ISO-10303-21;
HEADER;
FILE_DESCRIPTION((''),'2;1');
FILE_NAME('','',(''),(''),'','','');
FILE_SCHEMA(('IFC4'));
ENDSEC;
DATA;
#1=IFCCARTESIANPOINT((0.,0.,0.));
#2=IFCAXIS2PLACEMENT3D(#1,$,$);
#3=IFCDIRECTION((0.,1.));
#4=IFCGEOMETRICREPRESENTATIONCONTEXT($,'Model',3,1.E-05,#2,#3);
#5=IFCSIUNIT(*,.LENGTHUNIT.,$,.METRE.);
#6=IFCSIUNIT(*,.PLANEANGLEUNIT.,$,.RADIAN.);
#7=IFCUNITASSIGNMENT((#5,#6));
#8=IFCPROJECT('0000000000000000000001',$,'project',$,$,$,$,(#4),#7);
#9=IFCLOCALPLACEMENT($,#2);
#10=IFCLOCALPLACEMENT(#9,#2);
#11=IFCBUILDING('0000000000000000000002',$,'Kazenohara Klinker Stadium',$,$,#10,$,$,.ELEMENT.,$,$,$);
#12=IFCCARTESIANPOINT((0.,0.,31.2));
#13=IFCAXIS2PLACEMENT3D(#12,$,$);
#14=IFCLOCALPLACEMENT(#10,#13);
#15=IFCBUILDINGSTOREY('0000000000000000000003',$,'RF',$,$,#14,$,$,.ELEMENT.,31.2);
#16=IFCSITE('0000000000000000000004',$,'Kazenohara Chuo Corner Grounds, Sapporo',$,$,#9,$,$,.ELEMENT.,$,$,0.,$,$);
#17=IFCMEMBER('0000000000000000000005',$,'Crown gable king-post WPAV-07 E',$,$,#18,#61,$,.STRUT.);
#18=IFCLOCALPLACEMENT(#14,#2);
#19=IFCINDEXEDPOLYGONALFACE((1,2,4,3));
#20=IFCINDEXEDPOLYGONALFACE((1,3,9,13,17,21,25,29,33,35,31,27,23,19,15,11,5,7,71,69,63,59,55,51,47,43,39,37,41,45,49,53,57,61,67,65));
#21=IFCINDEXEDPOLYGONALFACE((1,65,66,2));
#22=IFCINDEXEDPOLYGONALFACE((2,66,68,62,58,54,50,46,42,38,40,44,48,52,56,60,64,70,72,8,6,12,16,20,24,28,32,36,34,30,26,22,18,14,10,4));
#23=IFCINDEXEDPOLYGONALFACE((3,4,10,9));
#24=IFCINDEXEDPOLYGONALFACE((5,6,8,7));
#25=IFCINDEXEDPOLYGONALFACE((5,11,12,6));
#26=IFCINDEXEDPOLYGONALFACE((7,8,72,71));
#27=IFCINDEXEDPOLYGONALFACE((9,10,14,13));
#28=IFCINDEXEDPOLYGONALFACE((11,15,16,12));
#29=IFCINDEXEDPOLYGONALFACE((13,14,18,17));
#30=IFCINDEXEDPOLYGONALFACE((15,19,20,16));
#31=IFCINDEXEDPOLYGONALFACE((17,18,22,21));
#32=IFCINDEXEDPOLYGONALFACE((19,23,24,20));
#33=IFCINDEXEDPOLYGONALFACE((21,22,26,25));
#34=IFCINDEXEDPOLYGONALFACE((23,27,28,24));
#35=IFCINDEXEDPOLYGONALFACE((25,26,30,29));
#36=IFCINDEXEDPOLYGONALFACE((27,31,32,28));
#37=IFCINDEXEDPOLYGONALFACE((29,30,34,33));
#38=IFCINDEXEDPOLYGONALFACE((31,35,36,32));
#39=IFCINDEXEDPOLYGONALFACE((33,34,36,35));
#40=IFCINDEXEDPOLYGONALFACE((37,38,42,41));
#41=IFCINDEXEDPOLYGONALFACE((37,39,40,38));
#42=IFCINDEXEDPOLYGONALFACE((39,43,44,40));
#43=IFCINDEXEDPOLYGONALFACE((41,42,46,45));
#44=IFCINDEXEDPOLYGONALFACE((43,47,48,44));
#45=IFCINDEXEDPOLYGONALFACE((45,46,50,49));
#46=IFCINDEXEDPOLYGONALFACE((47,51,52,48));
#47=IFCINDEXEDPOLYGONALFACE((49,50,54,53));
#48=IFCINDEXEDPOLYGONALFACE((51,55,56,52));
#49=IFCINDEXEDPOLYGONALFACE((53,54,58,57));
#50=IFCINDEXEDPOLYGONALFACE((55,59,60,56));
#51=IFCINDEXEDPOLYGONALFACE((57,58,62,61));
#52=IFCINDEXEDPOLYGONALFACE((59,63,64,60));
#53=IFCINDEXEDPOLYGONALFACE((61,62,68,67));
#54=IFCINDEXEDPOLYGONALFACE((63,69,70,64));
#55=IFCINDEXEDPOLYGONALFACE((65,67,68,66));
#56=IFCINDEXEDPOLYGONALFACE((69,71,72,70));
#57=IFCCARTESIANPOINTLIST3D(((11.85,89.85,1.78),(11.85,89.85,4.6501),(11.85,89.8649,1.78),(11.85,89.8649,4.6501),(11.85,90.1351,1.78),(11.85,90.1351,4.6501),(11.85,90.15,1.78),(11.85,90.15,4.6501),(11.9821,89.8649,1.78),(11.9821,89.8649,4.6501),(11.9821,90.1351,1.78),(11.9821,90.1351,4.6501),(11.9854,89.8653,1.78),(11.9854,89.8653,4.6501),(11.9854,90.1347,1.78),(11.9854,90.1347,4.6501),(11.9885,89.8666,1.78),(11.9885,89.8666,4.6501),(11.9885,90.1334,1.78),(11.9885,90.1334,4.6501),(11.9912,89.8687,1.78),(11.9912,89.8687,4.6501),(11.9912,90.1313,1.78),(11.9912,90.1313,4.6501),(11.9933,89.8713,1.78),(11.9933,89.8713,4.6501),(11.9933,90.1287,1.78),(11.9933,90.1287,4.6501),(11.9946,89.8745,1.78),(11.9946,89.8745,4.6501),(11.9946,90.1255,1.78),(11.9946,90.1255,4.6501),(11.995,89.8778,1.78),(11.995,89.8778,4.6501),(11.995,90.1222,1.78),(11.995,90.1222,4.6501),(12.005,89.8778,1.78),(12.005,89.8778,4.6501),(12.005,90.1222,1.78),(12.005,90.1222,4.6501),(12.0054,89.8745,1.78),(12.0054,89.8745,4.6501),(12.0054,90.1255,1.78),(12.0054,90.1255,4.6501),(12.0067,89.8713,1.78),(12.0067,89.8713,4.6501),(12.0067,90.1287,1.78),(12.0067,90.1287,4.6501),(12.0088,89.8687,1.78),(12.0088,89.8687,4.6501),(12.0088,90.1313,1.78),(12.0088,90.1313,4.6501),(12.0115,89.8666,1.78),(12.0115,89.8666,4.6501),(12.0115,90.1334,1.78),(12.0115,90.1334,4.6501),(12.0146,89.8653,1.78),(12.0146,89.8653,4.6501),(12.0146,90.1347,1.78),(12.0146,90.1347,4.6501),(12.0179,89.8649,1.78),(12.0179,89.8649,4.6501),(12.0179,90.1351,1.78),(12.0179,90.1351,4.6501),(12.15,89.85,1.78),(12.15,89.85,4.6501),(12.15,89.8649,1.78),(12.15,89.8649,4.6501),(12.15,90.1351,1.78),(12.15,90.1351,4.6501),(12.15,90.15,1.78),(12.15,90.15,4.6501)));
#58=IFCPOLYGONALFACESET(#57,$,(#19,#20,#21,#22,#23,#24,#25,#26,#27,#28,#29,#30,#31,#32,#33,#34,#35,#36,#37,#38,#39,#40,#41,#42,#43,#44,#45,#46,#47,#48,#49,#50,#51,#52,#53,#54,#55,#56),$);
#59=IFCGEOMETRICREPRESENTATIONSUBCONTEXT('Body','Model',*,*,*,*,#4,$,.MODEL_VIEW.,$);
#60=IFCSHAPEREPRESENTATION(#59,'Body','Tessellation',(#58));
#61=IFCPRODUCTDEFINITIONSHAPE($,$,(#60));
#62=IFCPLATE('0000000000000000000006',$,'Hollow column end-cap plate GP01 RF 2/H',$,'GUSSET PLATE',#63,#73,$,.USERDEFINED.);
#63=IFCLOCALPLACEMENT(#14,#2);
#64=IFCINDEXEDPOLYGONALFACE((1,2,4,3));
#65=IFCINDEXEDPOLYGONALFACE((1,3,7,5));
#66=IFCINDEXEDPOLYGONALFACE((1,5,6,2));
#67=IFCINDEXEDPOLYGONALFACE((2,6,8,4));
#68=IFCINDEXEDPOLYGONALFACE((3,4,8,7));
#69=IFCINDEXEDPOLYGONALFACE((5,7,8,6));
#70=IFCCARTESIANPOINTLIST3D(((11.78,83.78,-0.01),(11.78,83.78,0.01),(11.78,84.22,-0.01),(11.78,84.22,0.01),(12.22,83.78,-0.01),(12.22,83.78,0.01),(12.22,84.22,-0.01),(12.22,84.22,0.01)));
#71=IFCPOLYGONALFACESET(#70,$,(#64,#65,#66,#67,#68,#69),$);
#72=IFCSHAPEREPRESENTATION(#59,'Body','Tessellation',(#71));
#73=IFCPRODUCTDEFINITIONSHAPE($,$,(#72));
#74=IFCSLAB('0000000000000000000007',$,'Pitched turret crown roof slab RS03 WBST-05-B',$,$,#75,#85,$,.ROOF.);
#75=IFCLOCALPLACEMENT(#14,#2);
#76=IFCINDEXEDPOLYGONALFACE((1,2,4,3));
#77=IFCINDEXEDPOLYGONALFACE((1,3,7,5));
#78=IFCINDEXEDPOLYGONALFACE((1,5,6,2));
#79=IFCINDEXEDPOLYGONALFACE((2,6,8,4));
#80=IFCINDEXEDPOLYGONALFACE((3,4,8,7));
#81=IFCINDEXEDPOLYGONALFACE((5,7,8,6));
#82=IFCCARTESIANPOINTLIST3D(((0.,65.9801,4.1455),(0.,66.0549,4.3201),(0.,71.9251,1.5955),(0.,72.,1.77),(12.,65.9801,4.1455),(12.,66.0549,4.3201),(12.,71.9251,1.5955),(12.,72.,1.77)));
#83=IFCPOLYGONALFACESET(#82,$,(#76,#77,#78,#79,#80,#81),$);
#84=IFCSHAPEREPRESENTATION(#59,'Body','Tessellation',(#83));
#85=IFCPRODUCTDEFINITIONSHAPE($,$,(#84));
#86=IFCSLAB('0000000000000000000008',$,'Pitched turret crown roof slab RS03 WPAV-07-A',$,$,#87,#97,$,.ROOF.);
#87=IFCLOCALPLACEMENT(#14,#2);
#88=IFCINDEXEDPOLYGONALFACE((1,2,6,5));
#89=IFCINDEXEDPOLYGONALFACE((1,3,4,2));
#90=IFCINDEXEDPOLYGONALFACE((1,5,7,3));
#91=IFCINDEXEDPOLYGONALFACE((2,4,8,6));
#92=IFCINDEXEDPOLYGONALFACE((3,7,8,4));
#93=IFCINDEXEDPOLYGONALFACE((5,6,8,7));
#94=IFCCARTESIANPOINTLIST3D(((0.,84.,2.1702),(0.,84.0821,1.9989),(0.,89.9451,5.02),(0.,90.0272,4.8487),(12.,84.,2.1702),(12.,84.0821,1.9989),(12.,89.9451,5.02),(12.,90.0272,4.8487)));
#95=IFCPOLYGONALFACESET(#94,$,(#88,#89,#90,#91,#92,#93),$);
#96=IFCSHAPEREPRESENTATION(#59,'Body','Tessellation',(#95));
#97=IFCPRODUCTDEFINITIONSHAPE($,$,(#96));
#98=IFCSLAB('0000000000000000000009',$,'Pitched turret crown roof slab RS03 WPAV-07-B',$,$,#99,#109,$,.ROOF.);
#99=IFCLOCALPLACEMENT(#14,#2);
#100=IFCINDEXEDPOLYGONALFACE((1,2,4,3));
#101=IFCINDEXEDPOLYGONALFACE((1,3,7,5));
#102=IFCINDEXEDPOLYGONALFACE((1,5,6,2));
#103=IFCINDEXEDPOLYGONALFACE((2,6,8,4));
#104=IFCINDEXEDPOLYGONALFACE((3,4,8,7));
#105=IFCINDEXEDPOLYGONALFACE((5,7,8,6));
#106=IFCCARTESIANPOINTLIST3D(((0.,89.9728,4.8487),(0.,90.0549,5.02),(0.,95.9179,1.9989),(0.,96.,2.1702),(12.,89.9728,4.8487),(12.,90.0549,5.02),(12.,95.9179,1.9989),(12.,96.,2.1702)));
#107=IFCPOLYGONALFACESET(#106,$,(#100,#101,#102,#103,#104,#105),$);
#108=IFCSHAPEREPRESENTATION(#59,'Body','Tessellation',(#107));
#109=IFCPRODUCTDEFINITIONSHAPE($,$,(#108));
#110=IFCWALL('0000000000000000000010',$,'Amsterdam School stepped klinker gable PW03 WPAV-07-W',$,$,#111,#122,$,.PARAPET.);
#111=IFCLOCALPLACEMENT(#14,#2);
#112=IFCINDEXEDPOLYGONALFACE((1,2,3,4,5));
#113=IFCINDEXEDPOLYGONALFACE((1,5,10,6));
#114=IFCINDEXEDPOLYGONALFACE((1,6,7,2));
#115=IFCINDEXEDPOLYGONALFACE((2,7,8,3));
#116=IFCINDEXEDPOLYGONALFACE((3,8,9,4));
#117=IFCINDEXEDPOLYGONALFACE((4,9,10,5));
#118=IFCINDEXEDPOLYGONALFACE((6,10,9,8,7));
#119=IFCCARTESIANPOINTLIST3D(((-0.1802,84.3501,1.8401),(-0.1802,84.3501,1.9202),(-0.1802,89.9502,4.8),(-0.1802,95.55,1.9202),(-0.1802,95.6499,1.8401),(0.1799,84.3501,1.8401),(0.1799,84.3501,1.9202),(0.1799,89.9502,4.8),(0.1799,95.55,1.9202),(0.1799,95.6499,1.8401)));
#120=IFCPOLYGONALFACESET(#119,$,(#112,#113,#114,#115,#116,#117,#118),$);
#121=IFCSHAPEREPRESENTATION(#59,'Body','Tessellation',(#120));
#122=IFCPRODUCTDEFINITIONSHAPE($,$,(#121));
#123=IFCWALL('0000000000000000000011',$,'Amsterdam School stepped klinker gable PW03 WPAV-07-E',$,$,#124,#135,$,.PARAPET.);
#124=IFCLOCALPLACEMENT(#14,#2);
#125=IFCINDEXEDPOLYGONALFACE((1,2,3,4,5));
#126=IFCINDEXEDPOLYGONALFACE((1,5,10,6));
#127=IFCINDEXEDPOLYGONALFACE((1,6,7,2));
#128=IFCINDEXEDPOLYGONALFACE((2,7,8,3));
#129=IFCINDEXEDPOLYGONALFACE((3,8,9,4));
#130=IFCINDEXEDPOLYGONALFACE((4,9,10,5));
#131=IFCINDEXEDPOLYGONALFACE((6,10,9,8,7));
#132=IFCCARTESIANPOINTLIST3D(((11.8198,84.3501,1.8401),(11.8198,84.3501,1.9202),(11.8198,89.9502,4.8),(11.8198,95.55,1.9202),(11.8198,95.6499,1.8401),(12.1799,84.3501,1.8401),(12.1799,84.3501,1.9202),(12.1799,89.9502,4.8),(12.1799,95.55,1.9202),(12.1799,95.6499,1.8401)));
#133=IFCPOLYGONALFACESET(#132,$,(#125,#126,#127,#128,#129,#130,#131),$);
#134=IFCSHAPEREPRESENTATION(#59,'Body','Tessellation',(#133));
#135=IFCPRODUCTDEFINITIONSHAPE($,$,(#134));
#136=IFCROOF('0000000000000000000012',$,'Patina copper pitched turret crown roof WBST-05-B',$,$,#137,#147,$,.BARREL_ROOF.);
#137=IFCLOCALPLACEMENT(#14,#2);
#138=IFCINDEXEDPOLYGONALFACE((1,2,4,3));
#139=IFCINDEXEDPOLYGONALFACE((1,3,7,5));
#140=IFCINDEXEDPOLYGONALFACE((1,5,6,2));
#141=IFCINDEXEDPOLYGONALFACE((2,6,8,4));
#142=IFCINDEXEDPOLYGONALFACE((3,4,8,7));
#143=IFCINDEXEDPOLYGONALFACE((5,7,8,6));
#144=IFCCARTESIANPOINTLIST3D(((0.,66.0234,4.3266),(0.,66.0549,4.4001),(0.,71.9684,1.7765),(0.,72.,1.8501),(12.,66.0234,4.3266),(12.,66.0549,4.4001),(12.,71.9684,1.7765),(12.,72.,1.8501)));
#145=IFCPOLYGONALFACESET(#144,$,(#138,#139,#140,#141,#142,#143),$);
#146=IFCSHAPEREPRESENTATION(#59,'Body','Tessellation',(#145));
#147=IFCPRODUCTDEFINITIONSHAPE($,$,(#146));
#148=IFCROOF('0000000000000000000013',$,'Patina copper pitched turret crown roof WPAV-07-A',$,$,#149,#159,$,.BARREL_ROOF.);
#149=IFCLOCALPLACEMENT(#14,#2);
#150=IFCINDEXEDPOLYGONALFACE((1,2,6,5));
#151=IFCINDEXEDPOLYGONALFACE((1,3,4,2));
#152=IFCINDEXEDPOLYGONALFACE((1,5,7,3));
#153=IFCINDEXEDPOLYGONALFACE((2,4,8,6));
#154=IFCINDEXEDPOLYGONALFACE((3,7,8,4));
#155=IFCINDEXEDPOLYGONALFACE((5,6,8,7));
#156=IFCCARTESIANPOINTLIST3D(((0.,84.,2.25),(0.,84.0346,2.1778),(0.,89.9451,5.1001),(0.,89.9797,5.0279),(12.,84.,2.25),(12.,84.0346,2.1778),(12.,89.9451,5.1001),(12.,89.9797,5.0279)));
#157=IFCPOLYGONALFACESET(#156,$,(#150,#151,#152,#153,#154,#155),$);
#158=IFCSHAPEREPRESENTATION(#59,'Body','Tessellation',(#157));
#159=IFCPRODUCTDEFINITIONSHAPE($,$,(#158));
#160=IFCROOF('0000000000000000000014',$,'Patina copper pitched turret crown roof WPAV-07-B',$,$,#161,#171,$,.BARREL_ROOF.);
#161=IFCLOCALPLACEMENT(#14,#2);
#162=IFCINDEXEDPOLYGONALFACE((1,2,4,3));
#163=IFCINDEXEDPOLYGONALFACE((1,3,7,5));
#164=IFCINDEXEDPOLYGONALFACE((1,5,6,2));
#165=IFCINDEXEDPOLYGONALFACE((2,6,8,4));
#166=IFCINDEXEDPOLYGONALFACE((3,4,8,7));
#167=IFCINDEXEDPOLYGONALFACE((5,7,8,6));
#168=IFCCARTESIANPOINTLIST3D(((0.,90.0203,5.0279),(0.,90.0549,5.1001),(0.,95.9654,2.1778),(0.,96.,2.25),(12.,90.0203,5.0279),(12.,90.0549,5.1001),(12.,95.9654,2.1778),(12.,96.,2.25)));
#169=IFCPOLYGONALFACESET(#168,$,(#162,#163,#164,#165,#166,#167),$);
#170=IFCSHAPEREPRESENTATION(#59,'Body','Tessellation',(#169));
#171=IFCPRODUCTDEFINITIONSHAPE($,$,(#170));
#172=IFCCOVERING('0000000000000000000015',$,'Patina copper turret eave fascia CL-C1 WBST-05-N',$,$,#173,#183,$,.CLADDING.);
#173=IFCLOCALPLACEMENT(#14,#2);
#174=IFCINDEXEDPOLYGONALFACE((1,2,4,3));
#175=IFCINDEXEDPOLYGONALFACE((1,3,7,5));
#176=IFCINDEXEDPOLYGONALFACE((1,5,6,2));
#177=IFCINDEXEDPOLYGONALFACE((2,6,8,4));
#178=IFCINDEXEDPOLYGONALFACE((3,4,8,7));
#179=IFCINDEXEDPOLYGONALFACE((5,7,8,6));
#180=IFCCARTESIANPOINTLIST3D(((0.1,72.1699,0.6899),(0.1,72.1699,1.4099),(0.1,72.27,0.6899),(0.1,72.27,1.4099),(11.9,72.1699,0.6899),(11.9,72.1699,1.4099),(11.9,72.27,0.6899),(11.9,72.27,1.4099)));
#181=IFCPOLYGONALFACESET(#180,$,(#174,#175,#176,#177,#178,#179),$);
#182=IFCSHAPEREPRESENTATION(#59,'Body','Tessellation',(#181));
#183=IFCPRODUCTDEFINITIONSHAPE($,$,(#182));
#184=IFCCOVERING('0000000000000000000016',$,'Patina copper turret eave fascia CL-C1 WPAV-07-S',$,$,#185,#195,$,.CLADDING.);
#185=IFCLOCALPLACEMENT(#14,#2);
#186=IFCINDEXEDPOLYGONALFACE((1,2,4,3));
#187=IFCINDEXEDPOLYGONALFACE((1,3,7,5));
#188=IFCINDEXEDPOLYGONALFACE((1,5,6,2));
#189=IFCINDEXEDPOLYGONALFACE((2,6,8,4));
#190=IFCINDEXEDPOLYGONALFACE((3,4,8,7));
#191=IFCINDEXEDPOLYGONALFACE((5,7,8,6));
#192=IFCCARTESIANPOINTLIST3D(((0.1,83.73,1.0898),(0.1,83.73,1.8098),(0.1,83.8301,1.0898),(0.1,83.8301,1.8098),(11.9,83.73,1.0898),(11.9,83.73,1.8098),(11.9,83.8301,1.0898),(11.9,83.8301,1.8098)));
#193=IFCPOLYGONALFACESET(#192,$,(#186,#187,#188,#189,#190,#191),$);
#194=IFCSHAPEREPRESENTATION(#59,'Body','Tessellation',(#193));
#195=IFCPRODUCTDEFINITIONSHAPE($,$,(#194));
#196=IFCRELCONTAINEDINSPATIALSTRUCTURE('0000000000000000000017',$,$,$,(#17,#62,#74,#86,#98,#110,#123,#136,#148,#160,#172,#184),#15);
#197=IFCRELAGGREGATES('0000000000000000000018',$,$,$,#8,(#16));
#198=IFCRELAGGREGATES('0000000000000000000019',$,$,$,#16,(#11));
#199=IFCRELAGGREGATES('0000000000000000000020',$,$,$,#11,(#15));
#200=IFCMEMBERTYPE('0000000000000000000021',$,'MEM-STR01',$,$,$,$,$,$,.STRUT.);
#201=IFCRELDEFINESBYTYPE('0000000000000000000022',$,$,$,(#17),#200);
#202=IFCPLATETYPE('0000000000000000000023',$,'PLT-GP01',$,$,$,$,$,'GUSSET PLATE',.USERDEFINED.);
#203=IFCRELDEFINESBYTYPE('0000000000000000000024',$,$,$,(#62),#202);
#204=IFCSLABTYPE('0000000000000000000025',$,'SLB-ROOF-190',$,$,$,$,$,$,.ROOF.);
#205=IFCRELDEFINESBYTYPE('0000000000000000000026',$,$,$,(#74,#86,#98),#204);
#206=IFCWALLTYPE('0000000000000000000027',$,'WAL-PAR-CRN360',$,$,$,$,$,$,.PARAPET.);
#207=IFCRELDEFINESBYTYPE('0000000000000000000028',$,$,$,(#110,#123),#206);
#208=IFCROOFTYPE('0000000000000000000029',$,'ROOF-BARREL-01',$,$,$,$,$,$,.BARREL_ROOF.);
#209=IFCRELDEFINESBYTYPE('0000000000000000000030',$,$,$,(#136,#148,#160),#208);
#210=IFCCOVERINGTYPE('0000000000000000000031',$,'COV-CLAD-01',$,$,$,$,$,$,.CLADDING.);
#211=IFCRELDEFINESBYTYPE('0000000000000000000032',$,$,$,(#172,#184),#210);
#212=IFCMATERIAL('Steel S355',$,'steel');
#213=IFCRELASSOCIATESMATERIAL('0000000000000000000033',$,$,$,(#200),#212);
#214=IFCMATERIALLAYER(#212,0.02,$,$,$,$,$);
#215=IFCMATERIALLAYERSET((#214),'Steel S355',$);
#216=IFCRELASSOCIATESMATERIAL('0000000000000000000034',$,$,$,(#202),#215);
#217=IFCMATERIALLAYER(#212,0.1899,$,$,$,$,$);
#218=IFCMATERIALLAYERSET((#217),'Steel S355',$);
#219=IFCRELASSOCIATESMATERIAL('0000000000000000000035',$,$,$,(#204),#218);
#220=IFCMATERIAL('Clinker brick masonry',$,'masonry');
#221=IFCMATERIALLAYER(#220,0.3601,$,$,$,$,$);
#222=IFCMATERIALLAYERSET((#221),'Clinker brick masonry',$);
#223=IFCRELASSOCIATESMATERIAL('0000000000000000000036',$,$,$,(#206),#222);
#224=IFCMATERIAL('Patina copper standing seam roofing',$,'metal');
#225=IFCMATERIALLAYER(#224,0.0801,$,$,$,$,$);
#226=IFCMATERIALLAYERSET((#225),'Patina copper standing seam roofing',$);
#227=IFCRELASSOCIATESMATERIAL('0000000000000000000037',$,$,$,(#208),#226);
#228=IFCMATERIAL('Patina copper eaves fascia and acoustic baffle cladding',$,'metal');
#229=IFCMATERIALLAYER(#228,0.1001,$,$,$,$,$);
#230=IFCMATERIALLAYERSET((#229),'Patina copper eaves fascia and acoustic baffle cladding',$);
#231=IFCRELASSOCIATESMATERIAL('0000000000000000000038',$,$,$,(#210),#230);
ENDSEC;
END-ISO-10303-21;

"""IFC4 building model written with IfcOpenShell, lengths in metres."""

from ifc_helpers import new_model, si_unit, direction, frame, origin, origin_2d, place, context, subcontext, project, spatial, polyline, rectangle, i_section, outline, extrude, material, layer, layer_set, material_profile, profile_set, type_object, element, save


model = new_model("IFC4")

# Units and contexts
model_context = context("Model", 3, precision=1e-05, world=origin(), true_north=direction((0.0, 1.0)))
body_context = subcontext(model_context, "Body", "Model", "MODEL_VIEW")
ifc_project = project(units=[si_unit("LENGTHUNIT", "METRE"), si_unit("PLANEANGLEUNIT", "RADIAN")], contexts=[model_context])

# Site, building, storey
site_placement = place(None, origin())
site = spatial("IfcSite", under=ifc_project, at=site_placement, Name="Kazenohara Chuo Corner Grounds, Sapporo", CompositionType="ELEMENT", RefElevation=0.0)
building_placement = place(site_placement, origin())
building = spatial("IfcBuilding", under=site, at=building_placement, Name="Kazenohara Klinker Stadium", CompositionType="ELEMENT")
storey_placement = place(building_placement, frame((0.0, 0.0, 31.2)))
storey = spatial("IfcBuildingStorey", under=building, at=storey_placement, Name="RF", CompositionType="ELEMENT", Elevation=31.2)

# Member
ifc_material_1 = material(Name="Steel S355", Category="steel")
ifc_material_profile_1 = material_profile(ifc_material_1, i_section(OverallWidth=0.3, OverallDepth=0.3, WebThickness=0.01, FlangeThickness=0.0149, FilletRadius=0.0129, at=origin_2d()), Name="H-300x300x10x15")
ifc_profile_set_1 = profile_set([ifc_material_profile_1], Name="Steel S355")
member_type_1 = type_object("IfcMemberType", Name="MEM-STR01", PredefinedType="STRUT", material=ifc_profile_set_1)
for number, where, z_axis, x_axis, name in (
    (1, (12.0, 90.0, 1.78), (0.0, 0.0, 1.0), (1.0, 0.0, 0.0), "Crown gable king-post WPAV-07 E"),
):
    element("IfcMember", number, at=place(storey_placement, frame(where, z_axis=z_axis, x_axis=x_axis)), inside=storey, type_object=member_type_1, Name=name, PredefinedType="STRUT", context=body_context, shape_type="SweptSolid", body=[
        extrude(i_section(OverallWidth=0.3, OverallDepth=0.3, WebThickness=0.01, FlangeThickness=0.0149, FilletRadius=0.0129, at=origin_2d()), origin(), (0.0, 0.0, 1.0), 2.8701),
    ])

# Plate
ifc_layer_1 = layer(ifc_material_1, 0.02)
ifc_layer_set_1 = layer_set([ifc_layer_1], Name="Steel S355")
plate_type = type_object("IfcPlateType", Name="PLT-GP01", ElementType="GUSSET PLATE", PredefinedType="USERDEFINED", material=ifc_layer_set_1)
plate_placement = place(storey_placement, frame((12.0, 84.0, -0.01), z_axis=(0.0, 0.0, 1.0), x_axis=(1.0, 0.0, 0.0)))
element("IfcPlate", 2, at=plate_placement, inside=storey, type_object=plate_type, Name="Hollow column end-cap plate GP01 RF 2/H", ObjectType="GUSSET PLATE", PredefinedType="USERDEFINED", context=body_context, shape_type="SweptSolid", body=[
    extrude(rectangle(XDim=0.4399, YDim=0.4399, at=origin_2d()), origin(), (0.0, 0.0, 1.0), 0.02),
])

# Slabs
ifc_layer_2 = layer(ifc_material_1, 0.1899)
ifc_layer_set_2 = layer_set([ifc_layer_2], Name="Steel S355")
slab_type = type_object("IfcSlabType", Name="SLB-ROOF-190", PredefinedType="ROOF", material=ifc_layer_set_2)
slab_placement = place(storey_placement, frame((0.0, 66.0549, 4.3201), z_axis=(0.0, 0.394202, 0.919024), x_axis=(1.0, 0.0, 0.0)))
element("IfcSlab", 3, at=slab_placement, inside=storey, type_object=slab_type, Name="Pitched turret crown roof slab RS03 WBST-05-B", PredefinedType="ROOF", context=body_context, shape_type="SweptSolid", body=[
    extrude(outline(polyline([(0.0, 0.0), (12.0, 0.0), (12.0, 6.4689), (0.0, 6.4689), (0.0, 0.0)])), origin(), (0.0, 0.0, -1.0), 0.1899),
])
for number, where, z_axis, x_axis, name in (
    (4, (0.0, 84.0, 2.1702), (0.0, -0.432265, 0.901747), (1.0, 0.0, 0.0), "Pitched turret crown roof slab RS03 WPAV-07-A"),
    (5, (0.0, 90.0549, 5.02), (0.0, 0.432265, 0.901747), (1.0, 0.0, 0.0), "Pitched turret crown roof slab RS03 WPAV-07-B"),
):
    element("IfcSlab", number, at=place(storey_placement, frame(where, z_axis=z_axis, x_axis=x_axis)), inside=storey, type_object=slab_type, Name=name, PredefinedType="ROOF", context=body_context, shape_type="SweptSolid", body=[
        extrude(outline(polyline([(0.0, 0.0), (12.0, 0.0), (12.0, 6.5928), (0.0, 6.5928), (0.0, 0.0)])), origin(), (0.0, 0.0, -1.0), 0.1899),
    ])

# Walls
ifc_material_2 = material(Name="Clinker brick masonry", Category="masonry")
ifc_layer_3 = layer(ifc_material_2, 0.3601)
ifc_layer_set_3 = layer_set([ifc_layer_3], Name="Clinker brick masonry")
wall_type = type_object("IfcWallType", Name="WAL-PAR-CRN360", PredefinedType="PARAPET", material=ifc_layer_set_3)
for number, where, z_axis, x_axis, name in (
    (6, (0.0, 84.3501, 1.8401), (0.0, 0.0, 1.0), (0.0, 1.0, 0.0), "Amsterdam School stepped klinker gable PW03 WPAV-07-W"),
    (7, (12.0, 84.3501, 1.8401), (0.0, 0.0, 1.0), (0.0, 1.0, 0.0), "Amsterdam School stepped klinker gable PW03 WPAV-07-E"),
):
    element("IfcWall", number, at=place(storey_placement, frame(where, z_axis=z_axis, x_axis=x_axis)), inside=storey, type_object=wall_type, Name=name, PredefinedType="PARAPET", context=body_context, shape_type="SweptSolid", body=[
        extrude(outline(polyline([(0.0, 0.0), (11.2998, 0.0), (11.2, 0.0801), (5.6001, 2.96), (0.0, 0.0801), (0.0, 0.0)])), frame((0.0, 0.1802, 0.0), z_axis=(0.0, -1.0, 0.0), x_axis=(1.0, 0.0, 0.0)), (0.0, 0.0, 1.0), 0.3601),
    ])

# Roofs
ifc_material_3 = material(Name="Patina copper standing seam roofing", Category="metal")
ifc_layer_4 = layer(ifc_material_3, 0.0801)
ifc_layer_set_4 = layer_set([ifc_layer_4], Name="Patina copper standing seam roofing")
roof_type = type_object("IfcRoofType", Name="ROOF-BARREL-01", PredefinedType="BARREL_ROOF", material=ifc_layer_set_4)
roof_placement = place(storey_placement, frame((0.0, 66.0549, 4.4001), z_axis=(0.0, 0.394202, 0.919024), x_axis=(1.0, 0.0, 0.0)))
element("IfcRoof", 8, at=roof_placement, inside=storey, type_object=roof_type, Name="Patina copper pitched turret crown roof WBST-05-B", PredefinedType="BARREL_ROOF", context=body_context, shape_type="SweptSolid", body=[
    extrude(outline(polyline([(0.0, 0.0), (12.0, 0.0), (12.0, 6.4689), (0.0, 6.4689), (0.0, 0.0)])), origin(), (0.0, 0.0, -1.0), 0.0801),
])
for number, where, z_axis, x_axis, name in (
    (9, (0.0, 84.0, 2.25), (0.0, -0.432295, 0.901732), (1.0, 0.0, 0.0), "Patina copper pitched turret crown roof WPAV-07-A"),
    (10, (0.0, 90.0549, 5.1001), (0.0, 0.432295, 0.901732), (1.0, 0.0, 0.0), "Patina copper pitched turret crown roof WPAV-07-B"),
):
    element("IfcRoof", number, at=place(storey_placement, frame(where, z_axis=z_axis, x_axis=x_axis)), inside=storey, type_object=roof_type, Name=name, PredefinedType="BARREL_ROOF", context=body_context, shape_type="SweptSolid", body=[
        extrude(outline(polyline([(0.0, 0.0), (12.0, 0.0), (12.0, 6.5929), (0.0, 6.5929), (0.0, 0.0)])), origin(), (0.0, 0.0, -1.0), 0.0801),
    ])

# Coverings
ifc_material_4 = material(Name="Patina copper eaves fascia and acoustic baffle cladding", Category="metal")
ifc_layer_5 = layer(ifc_material_4, 0.1001)
ifc_layer_set_5 = layer_set([ifc_layer_5], Name="Patina copper eaves fascia and acoustic baffle cladding")
covering_type = type_object("IfcCoveringType", Name="COV-CLAD-01", PredefinedType="CLADDING", material=ifc_layer_set_5)
for number, where, z_axis, x_axis, name in (
    (11, (6.0, 72.22, 0.6899), (0.0, 0.0, 1.0), (1.0, 0.0, 0.0), "Patina copper turret eave fascia CL-C1 WBST-05-N"),
    (12, (6.0, 83.78, 1.0898), (0.0, 0.0, 1.0), (1.0, 0.0, 0.0), "Patina copper turret eave fascia CL-C1 WPAV-07-S"),
):
    element("IfcCovering", number, at=place(storey_placement, frame(where, z_axis=z_axis, x_axis=x_axis)), inside=storey, type_object=covering_type, Name=name, PredefinedType="CLADDING", context=body_context, shape_type="SweptSolid", body=[
        extrude(rectangle(XDim=11.8, YDim=0.1001, at=origin_2d()), origin(), (0.0, 0.0, 1.0), 0.72),
    ])

save(model, "model.ifc")
